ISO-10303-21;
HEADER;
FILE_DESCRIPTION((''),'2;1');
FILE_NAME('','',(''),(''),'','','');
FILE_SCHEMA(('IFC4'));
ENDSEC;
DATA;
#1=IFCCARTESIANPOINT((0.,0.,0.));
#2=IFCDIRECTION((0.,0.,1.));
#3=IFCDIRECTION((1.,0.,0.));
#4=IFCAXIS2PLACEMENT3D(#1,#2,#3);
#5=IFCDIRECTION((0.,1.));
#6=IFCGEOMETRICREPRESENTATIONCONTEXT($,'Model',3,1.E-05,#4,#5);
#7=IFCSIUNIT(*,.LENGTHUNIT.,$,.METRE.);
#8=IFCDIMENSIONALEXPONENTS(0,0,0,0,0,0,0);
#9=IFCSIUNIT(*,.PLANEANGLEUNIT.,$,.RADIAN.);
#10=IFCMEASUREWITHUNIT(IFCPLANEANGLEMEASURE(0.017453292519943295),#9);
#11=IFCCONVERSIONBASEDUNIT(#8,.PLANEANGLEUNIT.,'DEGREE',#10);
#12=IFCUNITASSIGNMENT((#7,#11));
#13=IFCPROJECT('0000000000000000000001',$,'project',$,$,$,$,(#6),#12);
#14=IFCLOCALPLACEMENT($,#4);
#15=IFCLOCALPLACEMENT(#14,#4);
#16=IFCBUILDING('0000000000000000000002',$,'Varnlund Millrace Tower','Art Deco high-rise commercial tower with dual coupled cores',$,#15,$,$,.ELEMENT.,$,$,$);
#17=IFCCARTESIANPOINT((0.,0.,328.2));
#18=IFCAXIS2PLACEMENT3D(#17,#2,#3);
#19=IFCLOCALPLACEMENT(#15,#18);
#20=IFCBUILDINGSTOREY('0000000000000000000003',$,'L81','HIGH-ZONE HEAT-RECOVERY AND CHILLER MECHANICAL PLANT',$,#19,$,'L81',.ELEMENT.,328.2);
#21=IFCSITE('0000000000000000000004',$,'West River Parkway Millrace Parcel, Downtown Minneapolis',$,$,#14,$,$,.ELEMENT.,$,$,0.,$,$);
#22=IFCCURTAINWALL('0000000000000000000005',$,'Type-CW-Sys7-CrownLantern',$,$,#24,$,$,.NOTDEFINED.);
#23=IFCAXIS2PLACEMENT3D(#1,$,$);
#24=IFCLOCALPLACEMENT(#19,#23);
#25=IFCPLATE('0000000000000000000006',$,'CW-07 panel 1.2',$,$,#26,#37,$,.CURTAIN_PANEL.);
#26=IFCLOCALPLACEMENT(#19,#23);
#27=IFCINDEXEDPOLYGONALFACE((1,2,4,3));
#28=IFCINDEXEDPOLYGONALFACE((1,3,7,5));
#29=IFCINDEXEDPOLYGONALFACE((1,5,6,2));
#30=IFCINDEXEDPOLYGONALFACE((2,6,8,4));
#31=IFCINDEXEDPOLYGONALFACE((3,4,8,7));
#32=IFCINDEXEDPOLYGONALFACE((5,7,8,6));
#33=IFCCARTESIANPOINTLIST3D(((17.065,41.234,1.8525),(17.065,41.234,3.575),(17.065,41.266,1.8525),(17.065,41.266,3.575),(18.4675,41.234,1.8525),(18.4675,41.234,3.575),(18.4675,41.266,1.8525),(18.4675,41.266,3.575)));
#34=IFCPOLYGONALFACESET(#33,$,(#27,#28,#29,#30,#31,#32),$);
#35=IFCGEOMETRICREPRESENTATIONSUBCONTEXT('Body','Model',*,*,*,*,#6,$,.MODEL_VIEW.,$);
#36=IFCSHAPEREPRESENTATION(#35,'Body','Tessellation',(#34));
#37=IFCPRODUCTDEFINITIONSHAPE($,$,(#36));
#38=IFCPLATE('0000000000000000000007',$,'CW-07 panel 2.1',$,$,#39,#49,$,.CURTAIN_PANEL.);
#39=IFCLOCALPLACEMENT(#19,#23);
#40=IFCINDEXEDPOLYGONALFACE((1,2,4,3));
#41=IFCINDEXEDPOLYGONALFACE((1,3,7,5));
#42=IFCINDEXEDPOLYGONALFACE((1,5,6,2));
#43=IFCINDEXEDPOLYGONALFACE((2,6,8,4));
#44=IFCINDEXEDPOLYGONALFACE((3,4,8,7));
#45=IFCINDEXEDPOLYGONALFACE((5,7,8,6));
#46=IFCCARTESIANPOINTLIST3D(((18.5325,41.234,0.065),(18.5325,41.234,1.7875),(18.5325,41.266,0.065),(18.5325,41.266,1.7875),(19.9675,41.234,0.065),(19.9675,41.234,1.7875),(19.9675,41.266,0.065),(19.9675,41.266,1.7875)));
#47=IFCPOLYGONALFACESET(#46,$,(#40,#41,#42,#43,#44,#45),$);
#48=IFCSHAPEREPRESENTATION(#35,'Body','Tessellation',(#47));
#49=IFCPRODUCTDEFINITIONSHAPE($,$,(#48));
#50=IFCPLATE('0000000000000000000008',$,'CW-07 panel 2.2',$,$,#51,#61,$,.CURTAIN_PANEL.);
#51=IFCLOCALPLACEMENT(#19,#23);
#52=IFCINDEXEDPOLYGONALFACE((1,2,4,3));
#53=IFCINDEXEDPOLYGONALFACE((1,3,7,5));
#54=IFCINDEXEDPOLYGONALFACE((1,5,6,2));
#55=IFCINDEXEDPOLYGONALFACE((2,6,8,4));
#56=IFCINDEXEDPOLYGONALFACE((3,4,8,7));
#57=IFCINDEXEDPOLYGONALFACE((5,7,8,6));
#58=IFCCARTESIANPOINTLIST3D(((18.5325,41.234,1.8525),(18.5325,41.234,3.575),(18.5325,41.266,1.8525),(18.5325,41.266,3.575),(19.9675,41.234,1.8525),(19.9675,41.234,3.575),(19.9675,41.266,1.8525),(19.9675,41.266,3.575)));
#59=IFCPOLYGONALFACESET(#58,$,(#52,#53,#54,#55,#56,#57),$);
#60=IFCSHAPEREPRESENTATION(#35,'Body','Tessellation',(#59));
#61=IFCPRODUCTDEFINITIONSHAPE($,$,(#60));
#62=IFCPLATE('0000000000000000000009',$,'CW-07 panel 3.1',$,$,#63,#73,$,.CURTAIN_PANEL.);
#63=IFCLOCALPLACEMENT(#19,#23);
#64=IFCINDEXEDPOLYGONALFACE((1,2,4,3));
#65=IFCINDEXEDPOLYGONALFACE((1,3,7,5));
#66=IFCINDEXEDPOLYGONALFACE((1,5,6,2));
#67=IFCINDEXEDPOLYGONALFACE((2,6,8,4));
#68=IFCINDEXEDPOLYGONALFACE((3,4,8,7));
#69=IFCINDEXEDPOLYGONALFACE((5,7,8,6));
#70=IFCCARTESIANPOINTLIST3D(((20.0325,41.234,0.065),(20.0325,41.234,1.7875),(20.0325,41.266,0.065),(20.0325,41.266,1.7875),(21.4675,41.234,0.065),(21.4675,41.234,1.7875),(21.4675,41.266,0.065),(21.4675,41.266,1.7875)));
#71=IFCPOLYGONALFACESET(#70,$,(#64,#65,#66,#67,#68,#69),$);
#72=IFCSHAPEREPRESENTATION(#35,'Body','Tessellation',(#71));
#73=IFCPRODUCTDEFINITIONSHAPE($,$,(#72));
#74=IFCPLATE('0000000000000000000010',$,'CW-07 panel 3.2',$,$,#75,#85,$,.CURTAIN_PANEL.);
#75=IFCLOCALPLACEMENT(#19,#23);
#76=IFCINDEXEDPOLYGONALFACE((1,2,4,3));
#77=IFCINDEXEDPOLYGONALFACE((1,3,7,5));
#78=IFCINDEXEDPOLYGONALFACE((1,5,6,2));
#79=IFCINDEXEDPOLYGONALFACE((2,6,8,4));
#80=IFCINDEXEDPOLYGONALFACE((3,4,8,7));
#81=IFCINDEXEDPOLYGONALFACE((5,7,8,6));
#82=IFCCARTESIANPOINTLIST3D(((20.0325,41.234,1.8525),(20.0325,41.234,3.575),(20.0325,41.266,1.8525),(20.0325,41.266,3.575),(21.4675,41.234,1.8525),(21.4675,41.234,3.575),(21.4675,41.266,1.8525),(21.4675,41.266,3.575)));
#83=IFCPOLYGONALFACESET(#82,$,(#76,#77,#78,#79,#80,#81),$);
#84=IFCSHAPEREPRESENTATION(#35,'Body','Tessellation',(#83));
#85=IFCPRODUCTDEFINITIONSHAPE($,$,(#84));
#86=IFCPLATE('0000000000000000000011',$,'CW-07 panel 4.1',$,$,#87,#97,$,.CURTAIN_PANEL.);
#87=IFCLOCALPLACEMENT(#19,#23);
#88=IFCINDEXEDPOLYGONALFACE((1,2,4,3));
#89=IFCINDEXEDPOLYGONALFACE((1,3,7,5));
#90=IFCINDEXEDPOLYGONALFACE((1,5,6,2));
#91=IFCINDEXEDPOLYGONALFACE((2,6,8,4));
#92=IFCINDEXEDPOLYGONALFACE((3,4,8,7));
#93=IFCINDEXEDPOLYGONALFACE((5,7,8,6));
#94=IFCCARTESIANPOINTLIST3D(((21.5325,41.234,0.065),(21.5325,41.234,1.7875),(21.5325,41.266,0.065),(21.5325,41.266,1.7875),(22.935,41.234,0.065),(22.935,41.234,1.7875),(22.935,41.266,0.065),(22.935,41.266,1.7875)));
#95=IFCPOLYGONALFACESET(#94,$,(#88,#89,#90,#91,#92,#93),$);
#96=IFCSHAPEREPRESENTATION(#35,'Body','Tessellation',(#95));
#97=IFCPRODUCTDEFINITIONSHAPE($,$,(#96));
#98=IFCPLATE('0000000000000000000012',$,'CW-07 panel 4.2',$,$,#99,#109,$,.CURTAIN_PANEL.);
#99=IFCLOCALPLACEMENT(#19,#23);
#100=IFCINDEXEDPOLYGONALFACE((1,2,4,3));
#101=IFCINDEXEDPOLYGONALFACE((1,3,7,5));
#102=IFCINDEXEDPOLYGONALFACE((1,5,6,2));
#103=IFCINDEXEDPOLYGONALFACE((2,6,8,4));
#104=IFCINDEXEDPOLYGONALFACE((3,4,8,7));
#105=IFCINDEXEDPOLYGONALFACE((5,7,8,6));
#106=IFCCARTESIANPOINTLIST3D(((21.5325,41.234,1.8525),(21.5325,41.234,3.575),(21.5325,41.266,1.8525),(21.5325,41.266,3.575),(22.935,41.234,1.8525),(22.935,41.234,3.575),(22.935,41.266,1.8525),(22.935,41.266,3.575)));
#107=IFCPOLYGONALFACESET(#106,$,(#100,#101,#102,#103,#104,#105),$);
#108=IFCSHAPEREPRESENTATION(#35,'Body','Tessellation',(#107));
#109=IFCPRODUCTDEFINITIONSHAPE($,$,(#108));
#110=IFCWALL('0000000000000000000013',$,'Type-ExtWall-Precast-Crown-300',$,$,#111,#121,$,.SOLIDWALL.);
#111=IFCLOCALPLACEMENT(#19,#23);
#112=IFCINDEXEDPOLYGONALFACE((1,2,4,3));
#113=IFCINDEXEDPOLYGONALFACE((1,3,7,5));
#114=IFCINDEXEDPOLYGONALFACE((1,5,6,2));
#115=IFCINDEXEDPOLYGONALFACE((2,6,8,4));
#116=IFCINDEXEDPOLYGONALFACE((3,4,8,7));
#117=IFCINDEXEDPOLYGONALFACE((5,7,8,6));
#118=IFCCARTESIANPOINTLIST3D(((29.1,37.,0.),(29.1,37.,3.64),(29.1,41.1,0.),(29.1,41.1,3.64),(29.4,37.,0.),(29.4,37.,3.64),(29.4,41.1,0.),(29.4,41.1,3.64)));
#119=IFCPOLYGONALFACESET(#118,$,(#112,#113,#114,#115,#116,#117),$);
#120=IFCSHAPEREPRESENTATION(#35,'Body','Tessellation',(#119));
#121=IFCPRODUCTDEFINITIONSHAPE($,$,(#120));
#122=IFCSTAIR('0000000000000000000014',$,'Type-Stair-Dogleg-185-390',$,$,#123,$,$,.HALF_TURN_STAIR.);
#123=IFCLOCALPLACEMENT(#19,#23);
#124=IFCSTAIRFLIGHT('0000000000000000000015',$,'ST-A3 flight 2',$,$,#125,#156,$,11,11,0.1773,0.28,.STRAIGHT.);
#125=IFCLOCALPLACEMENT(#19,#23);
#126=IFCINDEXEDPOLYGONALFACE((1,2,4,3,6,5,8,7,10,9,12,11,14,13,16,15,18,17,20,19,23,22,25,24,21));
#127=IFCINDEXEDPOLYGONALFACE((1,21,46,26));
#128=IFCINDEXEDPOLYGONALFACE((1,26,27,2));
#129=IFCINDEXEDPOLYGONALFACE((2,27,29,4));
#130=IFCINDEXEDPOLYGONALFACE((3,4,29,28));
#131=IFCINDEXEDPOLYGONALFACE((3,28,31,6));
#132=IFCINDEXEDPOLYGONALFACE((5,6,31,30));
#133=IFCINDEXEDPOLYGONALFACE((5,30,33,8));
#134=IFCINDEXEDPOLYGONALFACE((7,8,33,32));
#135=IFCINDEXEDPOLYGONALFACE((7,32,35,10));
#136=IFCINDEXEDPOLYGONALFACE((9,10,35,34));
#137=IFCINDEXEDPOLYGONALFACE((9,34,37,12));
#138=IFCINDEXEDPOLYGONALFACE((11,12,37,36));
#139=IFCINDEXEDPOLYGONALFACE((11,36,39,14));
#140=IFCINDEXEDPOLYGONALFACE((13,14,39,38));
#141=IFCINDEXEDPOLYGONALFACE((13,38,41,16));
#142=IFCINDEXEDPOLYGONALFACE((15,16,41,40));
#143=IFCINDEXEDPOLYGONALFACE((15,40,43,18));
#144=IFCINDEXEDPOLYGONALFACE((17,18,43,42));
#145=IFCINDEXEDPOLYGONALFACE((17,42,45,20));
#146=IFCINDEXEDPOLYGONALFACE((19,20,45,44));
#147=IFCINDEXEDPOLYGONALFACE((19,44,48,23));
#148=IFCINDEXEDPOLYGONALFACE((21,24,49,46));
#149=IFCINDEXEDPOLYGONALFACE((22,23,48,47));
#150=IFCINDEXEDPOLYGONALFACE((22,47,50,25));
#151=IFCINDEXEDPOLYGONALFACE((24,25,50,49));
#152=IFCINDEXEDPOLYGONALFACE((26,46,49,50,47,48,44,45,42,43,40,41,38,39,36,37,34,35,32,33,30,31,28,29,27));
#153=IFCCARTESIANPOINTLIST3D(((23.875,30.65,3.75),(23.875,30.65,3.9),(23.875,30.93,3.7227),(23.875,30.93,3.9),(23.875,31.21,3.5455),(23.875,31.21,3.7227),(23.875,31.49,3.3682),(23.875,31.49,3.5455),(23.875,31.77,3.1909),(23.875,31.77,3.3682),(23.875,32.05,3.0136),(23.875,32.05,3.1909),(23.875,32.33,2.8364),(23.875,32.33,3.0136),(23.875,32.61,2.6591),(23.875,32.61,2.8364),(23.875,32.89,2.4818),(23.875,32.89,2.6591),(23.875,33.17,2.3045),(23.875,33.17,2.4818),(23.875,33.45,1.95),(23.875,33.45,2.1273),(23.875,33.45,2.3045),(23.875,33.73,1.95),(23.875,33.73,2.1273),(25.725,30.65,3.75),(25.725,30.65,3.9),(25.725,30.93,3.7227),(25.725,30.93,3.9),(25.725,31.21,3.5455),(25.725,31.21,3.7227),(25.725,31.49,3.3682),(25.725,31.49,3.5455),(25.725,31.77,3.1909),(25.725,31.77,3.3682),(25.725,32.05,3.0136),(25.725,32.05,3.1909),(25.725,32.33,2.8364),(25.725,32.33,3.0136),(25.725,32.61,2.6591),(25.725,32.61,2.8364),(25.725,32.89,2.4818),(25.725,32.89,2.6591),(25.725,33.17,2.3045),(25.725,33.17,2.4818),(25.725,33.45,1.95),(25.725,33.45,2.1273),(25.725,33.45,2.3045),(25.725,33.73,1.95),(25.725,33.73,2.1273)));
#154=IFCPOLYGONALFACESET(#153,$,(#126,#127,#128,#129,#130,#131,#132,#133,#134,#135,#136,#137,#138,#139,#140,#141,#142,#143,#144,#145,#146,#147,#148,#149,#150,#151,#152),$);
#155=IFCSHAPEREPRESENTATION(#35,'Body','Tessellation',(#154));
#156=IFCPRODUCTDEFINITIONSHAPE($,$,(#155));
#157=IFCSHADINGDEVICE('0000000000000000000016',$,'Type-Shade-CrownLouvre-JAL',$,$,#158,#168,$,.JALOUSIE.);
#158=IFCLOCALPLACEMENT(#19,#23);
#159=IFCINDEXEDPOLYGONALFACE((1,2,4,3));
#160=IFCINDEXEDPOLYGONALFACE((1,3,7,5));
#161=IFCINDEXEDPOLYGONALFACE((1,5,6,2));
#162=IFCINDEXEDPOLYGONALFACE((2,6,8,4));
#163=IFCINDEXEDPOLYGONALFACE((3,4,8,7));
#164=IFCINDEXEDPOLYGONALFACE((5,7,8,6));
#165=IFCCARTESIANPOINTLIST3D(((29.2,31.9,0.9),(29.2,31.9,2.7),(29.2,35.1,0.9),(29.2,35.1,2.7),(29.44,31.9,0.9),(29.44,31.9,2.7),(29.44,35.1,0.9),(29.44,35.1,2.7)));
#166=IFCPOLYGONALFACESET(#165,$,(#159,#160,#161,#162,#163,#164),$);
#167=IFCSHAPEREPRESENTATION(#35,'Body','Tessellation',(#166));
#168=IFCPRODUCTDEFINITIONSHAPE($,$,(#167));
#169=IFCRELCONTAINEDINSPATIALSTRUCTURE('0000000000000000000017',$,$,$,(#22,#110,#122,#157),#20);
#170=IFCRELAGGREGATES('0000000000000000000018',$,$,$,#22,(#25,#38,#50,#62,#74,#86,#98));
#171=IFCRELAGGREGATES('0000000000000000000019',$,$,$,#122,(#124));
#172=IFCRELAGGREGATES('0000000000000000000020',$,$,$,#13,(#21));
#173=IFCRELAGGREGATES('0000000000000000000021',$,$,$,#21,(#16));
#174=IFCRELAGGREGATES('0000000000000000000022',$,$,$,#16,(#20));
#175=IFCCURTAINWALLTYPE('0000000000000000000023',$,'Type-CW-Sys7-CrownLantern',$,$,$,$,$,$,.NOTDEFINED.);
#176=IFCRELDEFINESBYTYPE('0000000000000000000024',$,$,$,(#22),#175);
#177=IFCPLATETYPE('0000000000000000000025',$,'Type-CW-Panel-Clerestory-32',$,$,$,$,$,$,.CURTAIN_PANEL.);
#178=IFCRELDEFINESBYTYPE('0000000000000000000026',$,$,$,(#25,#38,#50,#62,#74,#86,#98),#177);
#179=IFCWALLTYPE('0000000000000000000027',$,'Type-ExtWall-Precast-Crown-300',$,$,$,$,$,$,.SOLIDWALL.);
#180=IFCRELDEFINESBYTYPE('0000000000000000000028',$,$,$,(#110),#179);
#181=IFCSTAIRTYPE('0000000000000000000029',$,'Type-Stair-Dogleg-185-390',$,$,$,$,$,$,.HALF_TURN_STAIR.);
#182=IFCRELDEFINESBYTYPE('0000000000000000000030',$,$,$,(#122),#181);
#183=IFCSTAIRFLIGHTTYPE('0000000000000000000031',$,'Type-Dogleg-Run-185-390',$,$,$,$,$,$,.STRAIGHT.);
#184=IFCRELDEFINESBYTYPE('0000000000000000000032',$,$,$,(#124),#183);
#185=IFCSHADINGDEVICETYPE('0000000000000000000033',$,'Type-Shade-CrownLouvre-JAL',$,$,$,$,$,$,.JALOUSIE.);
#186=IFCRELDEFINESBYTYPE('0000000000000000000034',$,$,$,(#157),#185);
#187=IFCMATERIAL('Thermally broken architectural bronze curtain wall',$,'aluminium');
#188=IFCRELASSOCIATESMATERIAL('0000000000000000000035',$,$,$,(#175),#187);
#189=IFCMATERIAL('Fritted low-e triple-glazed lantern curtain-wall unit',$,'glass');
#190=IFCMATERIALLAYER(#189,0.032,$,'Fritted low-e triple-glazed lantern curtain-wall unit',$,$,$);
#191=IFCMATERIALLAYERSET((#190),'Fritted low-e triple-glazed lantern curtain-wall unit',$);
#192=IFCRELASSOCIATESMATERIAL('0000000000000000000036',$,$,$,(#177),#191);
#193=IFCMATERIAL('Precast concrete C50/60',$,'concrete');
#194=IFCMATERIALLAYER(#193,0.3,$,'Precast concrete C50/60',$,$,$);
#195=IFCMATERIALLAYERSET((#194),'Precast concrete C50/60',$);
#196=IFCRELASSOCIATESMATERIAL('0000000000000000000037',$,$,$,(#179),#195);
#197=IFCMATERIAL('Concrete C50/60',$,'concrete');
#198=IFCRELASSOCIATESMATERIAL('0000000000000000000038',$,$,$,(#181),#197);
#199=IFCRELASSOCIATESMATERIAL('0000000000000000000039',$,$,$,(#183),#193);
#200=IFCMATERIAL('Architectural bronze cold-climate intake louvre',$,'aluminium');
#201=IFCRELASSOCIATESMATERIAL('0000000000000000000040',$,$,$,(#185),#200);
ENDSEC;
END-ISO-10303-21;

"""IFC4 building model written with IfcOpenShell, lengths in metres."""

from ifc_helpers import new_model, entity, si_unit, converted_unit, direction, frame, origin_with_axes, origin_2d_with_axis, place, context, subcontext, project, spatial, polyline, rectangle, outline, extrude, material, layer, layer_set, type_object, element, aggregate, save


model = new_model("IFC4")

# Units and contexts
model_context = context("Model", 3, precision=1e-05, world=origin_with_axes(), true_north=direction((0.0, 1.0)))
body_context = subcontext(model_context, "Body", "Model", "MODEL_VIEW")
ifc_project = project(units=[si_unit("LENGTHUNIT", "METRE"), converted_unit("PLANEANGLEUNIT", "DEGREE", entity("IfcPlaneAngleMeasure", 0.017453292519943295), si_unit("PLANEANGLEUNIT", "RADIAN"), dimensions=[0, 0, 0, 0, 0, 0, 0])], contexts=[model_context])

# Site, building, storey
site_placement = place(None, origin_with_axes())
site = spatial("IfcSite", under=ifc_project, at=site_placement, Name="West River Parkway Millrace Parcel, Downtown Minneapolis", CompositionType="ELEMENT", RefElevation=0.0)
building_placement = place(site_placement, origin_with_axes())
building = spatial("IfcBuilding", under=site, at=building_placement, Name="Varnlund Millrace Tower", Description="Art Deco high-rise commercial tower with dual coupled cores", CompositionType="ELEMENT")
storey_placement = place(building_placement, frame((0.0, 0.0, 328.2), z_axis=(0.0, 0.0, 1.0), x_axis=(1.0, 0.0, 0.0)))
storey = spatial("IfcBuildingStorey", under=building, at=storey_placement, Name="L81", Description="HIGH-ZONE HEAT-RECOVERY AND CHILLER MECHANICAL PLANT", LongName="L81", CompositionType="ELEMENT", Elevation=328.2)

# Curtain wall
ifc_material_1 = material(Name="Thermally broken architectural bronze curtain wall", Category="aluminium")
curtain_wall_type = type_object("IfcCurtainWallType", Name="Type-CW-Sys7-CrownLantern", PredefinedType="NOTDEFINED", material=ifc_material_1)
curtain_wall_1_placement = place(storey_placement, frame((17.0, 41.25, 0.0), z_axis=(0.0, 0.0, 1.0), x_axis=(1.0, 0.0, 0.0)))
curtain_wall_1 = element("IfcCurtainWall", 1, at=curtain_wall_1_placement, inside=storey, type_object=curtain_wall_type, Name="Type-CW-Sys7-CrownLantern", PredefinedType="NOTDEFINED")

# Plates
ifc_material_2 = material(Name="Fritted low-e triple-glazed lantern curtain-wall unit", Category="glass")
ifc_layer_1 = layer(ifc_material_2, 0.032, Name="Fritted low-e triple-glazed lantern curtain-wall unit")
ifc_layer_set_1 = layer_set([ifc_layer_1], Name="Fritted low-e triple-glazed lantern curtain-wall unit")
plate_type = type_object("IfcPlateType", Name="Type-CW-Panel-Clerestory-32", PredefinedType="CURTAIN_PANEL", material=ifc_layer_set_1)
plate_1_placement = place(storey_placement, frame((17.7662, 41.25, 1.8525), z_axis=(0.0, 0.0, 1.0), x_axis=(1.0, 0.0, 0.0)))
plate_1 = element("IfcPlate", 2, at=plate_1_placement, type_object=plate_type, Name="CW-07 panel 1.2", PredefinedType="CURTAIN_PANEL", context=body_context, shape_type="SweptSolid", body=[
    extrude(rectangle(XDim=1.4025, YDim=0.032, at=origin_2d_with_axis()), origin_with_axes(), (0.0, 0.0, 1.0), 1.7225),
])
plate_2_placement = place(storey_placement, frame((19.25, 41.25, 0.065), z_axis=(0.0, 0.0, 1.0), x_axis=(1.0, 0.0, 0.0)))
plate_2 = element("IfcPlate", 3, at=plate_2_placement, type_object=plate_type, Name="CW-07 panel 2.1", PredefinedType="CURTAIN_PANEL", context=body_context, shape_type="SweptSolid", body=[
    extrude(rectangle(XDim=1.435, YDim=0.032, at=origin_2d_with_axis()), origin_with_axes(), (0.0, 0.0, 1.0), 1.7225),
])
plate_3_placement = place(storey_placement, frame((19.25, 41.25, 1.8525), z_axis=(0.0, 0.0, 1.0), x_axis=(1.0, 0.0, 0.0)))
plate_3 = element("IfcPlate", 4, at=plate_3_placement, type_object=plate_type, Name="CW-07 panel 2.2", PredefinedType="CURTAIN_PANEL", context=body_context, shape_type="SweptSolid", body=[
    extrude(rectangle(XDim=1.435, YDim=0.032, at=origin_2d_with_axis()), origin_with_axes(), (0.0, 0.0, 1.0), 1.7225),
])
plate_4_placement = place(storey_placement, frame((20.75, 41.25, 0.065), z_axis=(0.0, 0.0, 1.0), x_axis=(1.0, 0.0, 0.0)))
plate_4 = element("IfcPlate", 5, at=plate_4_placement, type_object=plate_type, Name="CW-07 panel 3.1", PredefinedType="CURTAIN_PANEL", context=body_context, shape_type="SweptSolid", body=[
    extrude(rectangle(XDim=1.435, YDim=0.032, at=origin_2d_with_axis()), origin_with_axes(), (0.0, 0.0, 1.0), 1.7225),
])
plate_5_placement = place(storey_placement, frame((20.75, 41.25, 1.8525), z_axis=(0.0, 0.0, 1.0), x_axis=(1.0, 0.0, 0.0)))
plate_5 = element("IfcPlate", 6, at=plate_5_placement, type_object=plate_type, Name="CW-07 panel 3.2", PredefinedType="CURTAIN_PANEL", context=body_context, shape_type="SweptSolid", body=[
    extrude(rectangle(XDim=1.435, YDim=0.032, at=origin_2d_with_axis()), origin_with_axes(), (0.0, 0.0, 1.0), 1.7225),
])
plate_6_placement = place(storey_placement, frame((22.2338, 41.25, 0.065), z_axis=(0.0, 0.0, 1.0), x_axis=(1.0, 0.0, 0.0)))
plate_6 = element("IfcPlate", 7, at=plate_6_placement, type_object=plate_type, Name="CW-07 panel 4.1", PredefinedType="CURTAIN_PANEL", context=body_context, shape_type="SweptSolid", body=[
    extrude(rectangle(XDim=1.4025, YDim=0.032, at=origin_2d_with_axis()), origin_with_axes(), (0.0, 0.0, 1.0), 1.7225),
])
plate_7_placement = place(storey_placement, frame((22.2338, 41.25, 1.8525), z_axis=(0.0, 0.0, 1.0), x_axis=(1.0, 0.0, 0.0)))
plate_7 = element("IfcPlate", 8, at=plate_7_placement, type_object=plate_type, Name="CW-07 panel 4.2", PredefinedType="CURTAIN_PANEL", context=body_context, shape_type="SweptSolid", body=[
    extrude(rectangle(XDim=1.4025, YDim=0.032, at=origin_2d_with_axis()), origin_with_axes(), (0.0, 0.0, 1.0), 1.7225),
])
aggregate(curtain_wall_1, [plate_1, plate_2, plate_3, plate_4, plate_5, plate_6, plate_7])

# Wall
ifc_material_3 = material(Name="Precast concrete C50/60", Category="concrete")
ifc_layer_2 = layer(ifc_material_3, 0.3, Name="Precast concrete C50/60")
ifc_layer_set_2 = layer_set([ifc_layer_2], Name="Precast concrete C50/60")
wall_type = type_object("IfcWallType", Name="Type-ExtWall-Precast-Crown-300", PredefinedType="SOLIDWALL", material=ifc_layer_set_2)
wall_placement = place(storey_placement, frame((29.25, 41.1, 0.0), z_axis=(0.0, 0.0, 1.0), x_axis=(0.0, -1.0, 0.0)))
element("IfcWall", 9, at=wall_placement, inside=storey, type_object=wall_type, Name="Type-ExtWall-Precast-Crown-300", PredefinedType="SOLIDWALL", context=body_context, shape_type="SweptSolid", body=[
    extrude(outline(polyline([(0.0, -0.15), (4.1, -0.15), (4.1, 0.15), (0.0, 0.15), (0.0, -0.15)])), origin_with_axes(), (0.0, 0.0, 1.0), 3.64),
])

# Stair, stair flight
ifc_material_4 = material(Name="Concrete C50/60", Category="concrete")
stair_type = type_object("IfcStairType", Name="Type-Stair-Dogleg-185-390", PredefinedType="HALF_TURN_STAIR", material=ifc_material_4)
stair_placement = place(storey_placement, origin_with_axes())
stair = element("IfcStair", 10, at=stair_placement, inside=storey, type_object=stair_type, Name="Type-Stair-Dogleg-185-390", PredefinedType="HALF_TURN_STAIR")
stair_flight_type = type_object("IfcStairFlightType", Name="Type-Dogleg-Run-185-390", PredefinedType="STRAIGHT", material=ifc_material_3)
stair_flight_placement = place(storey_placement, frame((25.725, 33.73, 1.95), z_axis=(-1.0, 0.0, 0.0), x_axis=(0.0, -1.0, 0.0)))
stair_flight = element("IfcStairFlight", 11, at=stair_flight_placement, type_object=stair_flight_type, Name="ST-A3 flight 2", NumberOfRisers=11, NumberOfTreads=11, PredefinedType="STRAIGHT", RiserHeight=0.1773, TreadLength=0.28, context=body_context, shape_type="SweptSolid", body=[
    extrude(outline(polyline([(0.0, 0.0), (0.0, 0.1773), (0.28, 0.1773), (0.28, 0.3545), (0.56, 0.3545), (0.56, 0.5318), (0.84, 0.5318), (0.84, 0.7091), (1.12, 0.7091), (1.12, 0.8864), (1.4, 0.8864), (1.4, 1.0636), (1.68, 1.0636), (1.68, 1.2409), (1.96, 1.2409), (1.96, 1.4182), (2.24, 1.4182), (2.24, 1.5955), (2.52, 1.5955), (2.52, 1.7727), (2.8, 1.7727), (2.8, 1.95), (3.08, 1.95), (3.08, 1.8), (0.28, 0.0), (0.0, 0.0)])), origin_with_axes(), (0.0, 0.0, 1.0), 1.85),
])
aggregate(stair, [stair_flight])

# Shading device
ifc_material_5 = material(Name="Architectural bronze cold-climate intake louvre", Category="aluminium")
shading_device_type = type_object("IfcShadingDeviceType", Name="Type-Shade-CrownLouvre-JAL", PredefinedType="JALOUSIE", material=ifc_material_5)
shading_device_placement = place(storey_placement, frame((29.32, 33.5, 0.9), z_axis=(0.0, 0.0, 1.0), x_axis=(0.0, 1.0, 0.0)))
element("IfcShadingDevice", 12, at=shading_device_placement, inside=storey, type_object=shading_device_type, Name="Type-Shade-CrownLouvre-JAL", PredefinedType="JALOUSIE", context=body_context, shape_type="SweptSolid", body=[
    extrude(rectangle(XDim=3.2, YDim=0.24, at=origin_2d_with_axis()), origin_with_axes(), (0.0, 0.0, 1.0), 1.8),
])

save(model, "model.ifc")
